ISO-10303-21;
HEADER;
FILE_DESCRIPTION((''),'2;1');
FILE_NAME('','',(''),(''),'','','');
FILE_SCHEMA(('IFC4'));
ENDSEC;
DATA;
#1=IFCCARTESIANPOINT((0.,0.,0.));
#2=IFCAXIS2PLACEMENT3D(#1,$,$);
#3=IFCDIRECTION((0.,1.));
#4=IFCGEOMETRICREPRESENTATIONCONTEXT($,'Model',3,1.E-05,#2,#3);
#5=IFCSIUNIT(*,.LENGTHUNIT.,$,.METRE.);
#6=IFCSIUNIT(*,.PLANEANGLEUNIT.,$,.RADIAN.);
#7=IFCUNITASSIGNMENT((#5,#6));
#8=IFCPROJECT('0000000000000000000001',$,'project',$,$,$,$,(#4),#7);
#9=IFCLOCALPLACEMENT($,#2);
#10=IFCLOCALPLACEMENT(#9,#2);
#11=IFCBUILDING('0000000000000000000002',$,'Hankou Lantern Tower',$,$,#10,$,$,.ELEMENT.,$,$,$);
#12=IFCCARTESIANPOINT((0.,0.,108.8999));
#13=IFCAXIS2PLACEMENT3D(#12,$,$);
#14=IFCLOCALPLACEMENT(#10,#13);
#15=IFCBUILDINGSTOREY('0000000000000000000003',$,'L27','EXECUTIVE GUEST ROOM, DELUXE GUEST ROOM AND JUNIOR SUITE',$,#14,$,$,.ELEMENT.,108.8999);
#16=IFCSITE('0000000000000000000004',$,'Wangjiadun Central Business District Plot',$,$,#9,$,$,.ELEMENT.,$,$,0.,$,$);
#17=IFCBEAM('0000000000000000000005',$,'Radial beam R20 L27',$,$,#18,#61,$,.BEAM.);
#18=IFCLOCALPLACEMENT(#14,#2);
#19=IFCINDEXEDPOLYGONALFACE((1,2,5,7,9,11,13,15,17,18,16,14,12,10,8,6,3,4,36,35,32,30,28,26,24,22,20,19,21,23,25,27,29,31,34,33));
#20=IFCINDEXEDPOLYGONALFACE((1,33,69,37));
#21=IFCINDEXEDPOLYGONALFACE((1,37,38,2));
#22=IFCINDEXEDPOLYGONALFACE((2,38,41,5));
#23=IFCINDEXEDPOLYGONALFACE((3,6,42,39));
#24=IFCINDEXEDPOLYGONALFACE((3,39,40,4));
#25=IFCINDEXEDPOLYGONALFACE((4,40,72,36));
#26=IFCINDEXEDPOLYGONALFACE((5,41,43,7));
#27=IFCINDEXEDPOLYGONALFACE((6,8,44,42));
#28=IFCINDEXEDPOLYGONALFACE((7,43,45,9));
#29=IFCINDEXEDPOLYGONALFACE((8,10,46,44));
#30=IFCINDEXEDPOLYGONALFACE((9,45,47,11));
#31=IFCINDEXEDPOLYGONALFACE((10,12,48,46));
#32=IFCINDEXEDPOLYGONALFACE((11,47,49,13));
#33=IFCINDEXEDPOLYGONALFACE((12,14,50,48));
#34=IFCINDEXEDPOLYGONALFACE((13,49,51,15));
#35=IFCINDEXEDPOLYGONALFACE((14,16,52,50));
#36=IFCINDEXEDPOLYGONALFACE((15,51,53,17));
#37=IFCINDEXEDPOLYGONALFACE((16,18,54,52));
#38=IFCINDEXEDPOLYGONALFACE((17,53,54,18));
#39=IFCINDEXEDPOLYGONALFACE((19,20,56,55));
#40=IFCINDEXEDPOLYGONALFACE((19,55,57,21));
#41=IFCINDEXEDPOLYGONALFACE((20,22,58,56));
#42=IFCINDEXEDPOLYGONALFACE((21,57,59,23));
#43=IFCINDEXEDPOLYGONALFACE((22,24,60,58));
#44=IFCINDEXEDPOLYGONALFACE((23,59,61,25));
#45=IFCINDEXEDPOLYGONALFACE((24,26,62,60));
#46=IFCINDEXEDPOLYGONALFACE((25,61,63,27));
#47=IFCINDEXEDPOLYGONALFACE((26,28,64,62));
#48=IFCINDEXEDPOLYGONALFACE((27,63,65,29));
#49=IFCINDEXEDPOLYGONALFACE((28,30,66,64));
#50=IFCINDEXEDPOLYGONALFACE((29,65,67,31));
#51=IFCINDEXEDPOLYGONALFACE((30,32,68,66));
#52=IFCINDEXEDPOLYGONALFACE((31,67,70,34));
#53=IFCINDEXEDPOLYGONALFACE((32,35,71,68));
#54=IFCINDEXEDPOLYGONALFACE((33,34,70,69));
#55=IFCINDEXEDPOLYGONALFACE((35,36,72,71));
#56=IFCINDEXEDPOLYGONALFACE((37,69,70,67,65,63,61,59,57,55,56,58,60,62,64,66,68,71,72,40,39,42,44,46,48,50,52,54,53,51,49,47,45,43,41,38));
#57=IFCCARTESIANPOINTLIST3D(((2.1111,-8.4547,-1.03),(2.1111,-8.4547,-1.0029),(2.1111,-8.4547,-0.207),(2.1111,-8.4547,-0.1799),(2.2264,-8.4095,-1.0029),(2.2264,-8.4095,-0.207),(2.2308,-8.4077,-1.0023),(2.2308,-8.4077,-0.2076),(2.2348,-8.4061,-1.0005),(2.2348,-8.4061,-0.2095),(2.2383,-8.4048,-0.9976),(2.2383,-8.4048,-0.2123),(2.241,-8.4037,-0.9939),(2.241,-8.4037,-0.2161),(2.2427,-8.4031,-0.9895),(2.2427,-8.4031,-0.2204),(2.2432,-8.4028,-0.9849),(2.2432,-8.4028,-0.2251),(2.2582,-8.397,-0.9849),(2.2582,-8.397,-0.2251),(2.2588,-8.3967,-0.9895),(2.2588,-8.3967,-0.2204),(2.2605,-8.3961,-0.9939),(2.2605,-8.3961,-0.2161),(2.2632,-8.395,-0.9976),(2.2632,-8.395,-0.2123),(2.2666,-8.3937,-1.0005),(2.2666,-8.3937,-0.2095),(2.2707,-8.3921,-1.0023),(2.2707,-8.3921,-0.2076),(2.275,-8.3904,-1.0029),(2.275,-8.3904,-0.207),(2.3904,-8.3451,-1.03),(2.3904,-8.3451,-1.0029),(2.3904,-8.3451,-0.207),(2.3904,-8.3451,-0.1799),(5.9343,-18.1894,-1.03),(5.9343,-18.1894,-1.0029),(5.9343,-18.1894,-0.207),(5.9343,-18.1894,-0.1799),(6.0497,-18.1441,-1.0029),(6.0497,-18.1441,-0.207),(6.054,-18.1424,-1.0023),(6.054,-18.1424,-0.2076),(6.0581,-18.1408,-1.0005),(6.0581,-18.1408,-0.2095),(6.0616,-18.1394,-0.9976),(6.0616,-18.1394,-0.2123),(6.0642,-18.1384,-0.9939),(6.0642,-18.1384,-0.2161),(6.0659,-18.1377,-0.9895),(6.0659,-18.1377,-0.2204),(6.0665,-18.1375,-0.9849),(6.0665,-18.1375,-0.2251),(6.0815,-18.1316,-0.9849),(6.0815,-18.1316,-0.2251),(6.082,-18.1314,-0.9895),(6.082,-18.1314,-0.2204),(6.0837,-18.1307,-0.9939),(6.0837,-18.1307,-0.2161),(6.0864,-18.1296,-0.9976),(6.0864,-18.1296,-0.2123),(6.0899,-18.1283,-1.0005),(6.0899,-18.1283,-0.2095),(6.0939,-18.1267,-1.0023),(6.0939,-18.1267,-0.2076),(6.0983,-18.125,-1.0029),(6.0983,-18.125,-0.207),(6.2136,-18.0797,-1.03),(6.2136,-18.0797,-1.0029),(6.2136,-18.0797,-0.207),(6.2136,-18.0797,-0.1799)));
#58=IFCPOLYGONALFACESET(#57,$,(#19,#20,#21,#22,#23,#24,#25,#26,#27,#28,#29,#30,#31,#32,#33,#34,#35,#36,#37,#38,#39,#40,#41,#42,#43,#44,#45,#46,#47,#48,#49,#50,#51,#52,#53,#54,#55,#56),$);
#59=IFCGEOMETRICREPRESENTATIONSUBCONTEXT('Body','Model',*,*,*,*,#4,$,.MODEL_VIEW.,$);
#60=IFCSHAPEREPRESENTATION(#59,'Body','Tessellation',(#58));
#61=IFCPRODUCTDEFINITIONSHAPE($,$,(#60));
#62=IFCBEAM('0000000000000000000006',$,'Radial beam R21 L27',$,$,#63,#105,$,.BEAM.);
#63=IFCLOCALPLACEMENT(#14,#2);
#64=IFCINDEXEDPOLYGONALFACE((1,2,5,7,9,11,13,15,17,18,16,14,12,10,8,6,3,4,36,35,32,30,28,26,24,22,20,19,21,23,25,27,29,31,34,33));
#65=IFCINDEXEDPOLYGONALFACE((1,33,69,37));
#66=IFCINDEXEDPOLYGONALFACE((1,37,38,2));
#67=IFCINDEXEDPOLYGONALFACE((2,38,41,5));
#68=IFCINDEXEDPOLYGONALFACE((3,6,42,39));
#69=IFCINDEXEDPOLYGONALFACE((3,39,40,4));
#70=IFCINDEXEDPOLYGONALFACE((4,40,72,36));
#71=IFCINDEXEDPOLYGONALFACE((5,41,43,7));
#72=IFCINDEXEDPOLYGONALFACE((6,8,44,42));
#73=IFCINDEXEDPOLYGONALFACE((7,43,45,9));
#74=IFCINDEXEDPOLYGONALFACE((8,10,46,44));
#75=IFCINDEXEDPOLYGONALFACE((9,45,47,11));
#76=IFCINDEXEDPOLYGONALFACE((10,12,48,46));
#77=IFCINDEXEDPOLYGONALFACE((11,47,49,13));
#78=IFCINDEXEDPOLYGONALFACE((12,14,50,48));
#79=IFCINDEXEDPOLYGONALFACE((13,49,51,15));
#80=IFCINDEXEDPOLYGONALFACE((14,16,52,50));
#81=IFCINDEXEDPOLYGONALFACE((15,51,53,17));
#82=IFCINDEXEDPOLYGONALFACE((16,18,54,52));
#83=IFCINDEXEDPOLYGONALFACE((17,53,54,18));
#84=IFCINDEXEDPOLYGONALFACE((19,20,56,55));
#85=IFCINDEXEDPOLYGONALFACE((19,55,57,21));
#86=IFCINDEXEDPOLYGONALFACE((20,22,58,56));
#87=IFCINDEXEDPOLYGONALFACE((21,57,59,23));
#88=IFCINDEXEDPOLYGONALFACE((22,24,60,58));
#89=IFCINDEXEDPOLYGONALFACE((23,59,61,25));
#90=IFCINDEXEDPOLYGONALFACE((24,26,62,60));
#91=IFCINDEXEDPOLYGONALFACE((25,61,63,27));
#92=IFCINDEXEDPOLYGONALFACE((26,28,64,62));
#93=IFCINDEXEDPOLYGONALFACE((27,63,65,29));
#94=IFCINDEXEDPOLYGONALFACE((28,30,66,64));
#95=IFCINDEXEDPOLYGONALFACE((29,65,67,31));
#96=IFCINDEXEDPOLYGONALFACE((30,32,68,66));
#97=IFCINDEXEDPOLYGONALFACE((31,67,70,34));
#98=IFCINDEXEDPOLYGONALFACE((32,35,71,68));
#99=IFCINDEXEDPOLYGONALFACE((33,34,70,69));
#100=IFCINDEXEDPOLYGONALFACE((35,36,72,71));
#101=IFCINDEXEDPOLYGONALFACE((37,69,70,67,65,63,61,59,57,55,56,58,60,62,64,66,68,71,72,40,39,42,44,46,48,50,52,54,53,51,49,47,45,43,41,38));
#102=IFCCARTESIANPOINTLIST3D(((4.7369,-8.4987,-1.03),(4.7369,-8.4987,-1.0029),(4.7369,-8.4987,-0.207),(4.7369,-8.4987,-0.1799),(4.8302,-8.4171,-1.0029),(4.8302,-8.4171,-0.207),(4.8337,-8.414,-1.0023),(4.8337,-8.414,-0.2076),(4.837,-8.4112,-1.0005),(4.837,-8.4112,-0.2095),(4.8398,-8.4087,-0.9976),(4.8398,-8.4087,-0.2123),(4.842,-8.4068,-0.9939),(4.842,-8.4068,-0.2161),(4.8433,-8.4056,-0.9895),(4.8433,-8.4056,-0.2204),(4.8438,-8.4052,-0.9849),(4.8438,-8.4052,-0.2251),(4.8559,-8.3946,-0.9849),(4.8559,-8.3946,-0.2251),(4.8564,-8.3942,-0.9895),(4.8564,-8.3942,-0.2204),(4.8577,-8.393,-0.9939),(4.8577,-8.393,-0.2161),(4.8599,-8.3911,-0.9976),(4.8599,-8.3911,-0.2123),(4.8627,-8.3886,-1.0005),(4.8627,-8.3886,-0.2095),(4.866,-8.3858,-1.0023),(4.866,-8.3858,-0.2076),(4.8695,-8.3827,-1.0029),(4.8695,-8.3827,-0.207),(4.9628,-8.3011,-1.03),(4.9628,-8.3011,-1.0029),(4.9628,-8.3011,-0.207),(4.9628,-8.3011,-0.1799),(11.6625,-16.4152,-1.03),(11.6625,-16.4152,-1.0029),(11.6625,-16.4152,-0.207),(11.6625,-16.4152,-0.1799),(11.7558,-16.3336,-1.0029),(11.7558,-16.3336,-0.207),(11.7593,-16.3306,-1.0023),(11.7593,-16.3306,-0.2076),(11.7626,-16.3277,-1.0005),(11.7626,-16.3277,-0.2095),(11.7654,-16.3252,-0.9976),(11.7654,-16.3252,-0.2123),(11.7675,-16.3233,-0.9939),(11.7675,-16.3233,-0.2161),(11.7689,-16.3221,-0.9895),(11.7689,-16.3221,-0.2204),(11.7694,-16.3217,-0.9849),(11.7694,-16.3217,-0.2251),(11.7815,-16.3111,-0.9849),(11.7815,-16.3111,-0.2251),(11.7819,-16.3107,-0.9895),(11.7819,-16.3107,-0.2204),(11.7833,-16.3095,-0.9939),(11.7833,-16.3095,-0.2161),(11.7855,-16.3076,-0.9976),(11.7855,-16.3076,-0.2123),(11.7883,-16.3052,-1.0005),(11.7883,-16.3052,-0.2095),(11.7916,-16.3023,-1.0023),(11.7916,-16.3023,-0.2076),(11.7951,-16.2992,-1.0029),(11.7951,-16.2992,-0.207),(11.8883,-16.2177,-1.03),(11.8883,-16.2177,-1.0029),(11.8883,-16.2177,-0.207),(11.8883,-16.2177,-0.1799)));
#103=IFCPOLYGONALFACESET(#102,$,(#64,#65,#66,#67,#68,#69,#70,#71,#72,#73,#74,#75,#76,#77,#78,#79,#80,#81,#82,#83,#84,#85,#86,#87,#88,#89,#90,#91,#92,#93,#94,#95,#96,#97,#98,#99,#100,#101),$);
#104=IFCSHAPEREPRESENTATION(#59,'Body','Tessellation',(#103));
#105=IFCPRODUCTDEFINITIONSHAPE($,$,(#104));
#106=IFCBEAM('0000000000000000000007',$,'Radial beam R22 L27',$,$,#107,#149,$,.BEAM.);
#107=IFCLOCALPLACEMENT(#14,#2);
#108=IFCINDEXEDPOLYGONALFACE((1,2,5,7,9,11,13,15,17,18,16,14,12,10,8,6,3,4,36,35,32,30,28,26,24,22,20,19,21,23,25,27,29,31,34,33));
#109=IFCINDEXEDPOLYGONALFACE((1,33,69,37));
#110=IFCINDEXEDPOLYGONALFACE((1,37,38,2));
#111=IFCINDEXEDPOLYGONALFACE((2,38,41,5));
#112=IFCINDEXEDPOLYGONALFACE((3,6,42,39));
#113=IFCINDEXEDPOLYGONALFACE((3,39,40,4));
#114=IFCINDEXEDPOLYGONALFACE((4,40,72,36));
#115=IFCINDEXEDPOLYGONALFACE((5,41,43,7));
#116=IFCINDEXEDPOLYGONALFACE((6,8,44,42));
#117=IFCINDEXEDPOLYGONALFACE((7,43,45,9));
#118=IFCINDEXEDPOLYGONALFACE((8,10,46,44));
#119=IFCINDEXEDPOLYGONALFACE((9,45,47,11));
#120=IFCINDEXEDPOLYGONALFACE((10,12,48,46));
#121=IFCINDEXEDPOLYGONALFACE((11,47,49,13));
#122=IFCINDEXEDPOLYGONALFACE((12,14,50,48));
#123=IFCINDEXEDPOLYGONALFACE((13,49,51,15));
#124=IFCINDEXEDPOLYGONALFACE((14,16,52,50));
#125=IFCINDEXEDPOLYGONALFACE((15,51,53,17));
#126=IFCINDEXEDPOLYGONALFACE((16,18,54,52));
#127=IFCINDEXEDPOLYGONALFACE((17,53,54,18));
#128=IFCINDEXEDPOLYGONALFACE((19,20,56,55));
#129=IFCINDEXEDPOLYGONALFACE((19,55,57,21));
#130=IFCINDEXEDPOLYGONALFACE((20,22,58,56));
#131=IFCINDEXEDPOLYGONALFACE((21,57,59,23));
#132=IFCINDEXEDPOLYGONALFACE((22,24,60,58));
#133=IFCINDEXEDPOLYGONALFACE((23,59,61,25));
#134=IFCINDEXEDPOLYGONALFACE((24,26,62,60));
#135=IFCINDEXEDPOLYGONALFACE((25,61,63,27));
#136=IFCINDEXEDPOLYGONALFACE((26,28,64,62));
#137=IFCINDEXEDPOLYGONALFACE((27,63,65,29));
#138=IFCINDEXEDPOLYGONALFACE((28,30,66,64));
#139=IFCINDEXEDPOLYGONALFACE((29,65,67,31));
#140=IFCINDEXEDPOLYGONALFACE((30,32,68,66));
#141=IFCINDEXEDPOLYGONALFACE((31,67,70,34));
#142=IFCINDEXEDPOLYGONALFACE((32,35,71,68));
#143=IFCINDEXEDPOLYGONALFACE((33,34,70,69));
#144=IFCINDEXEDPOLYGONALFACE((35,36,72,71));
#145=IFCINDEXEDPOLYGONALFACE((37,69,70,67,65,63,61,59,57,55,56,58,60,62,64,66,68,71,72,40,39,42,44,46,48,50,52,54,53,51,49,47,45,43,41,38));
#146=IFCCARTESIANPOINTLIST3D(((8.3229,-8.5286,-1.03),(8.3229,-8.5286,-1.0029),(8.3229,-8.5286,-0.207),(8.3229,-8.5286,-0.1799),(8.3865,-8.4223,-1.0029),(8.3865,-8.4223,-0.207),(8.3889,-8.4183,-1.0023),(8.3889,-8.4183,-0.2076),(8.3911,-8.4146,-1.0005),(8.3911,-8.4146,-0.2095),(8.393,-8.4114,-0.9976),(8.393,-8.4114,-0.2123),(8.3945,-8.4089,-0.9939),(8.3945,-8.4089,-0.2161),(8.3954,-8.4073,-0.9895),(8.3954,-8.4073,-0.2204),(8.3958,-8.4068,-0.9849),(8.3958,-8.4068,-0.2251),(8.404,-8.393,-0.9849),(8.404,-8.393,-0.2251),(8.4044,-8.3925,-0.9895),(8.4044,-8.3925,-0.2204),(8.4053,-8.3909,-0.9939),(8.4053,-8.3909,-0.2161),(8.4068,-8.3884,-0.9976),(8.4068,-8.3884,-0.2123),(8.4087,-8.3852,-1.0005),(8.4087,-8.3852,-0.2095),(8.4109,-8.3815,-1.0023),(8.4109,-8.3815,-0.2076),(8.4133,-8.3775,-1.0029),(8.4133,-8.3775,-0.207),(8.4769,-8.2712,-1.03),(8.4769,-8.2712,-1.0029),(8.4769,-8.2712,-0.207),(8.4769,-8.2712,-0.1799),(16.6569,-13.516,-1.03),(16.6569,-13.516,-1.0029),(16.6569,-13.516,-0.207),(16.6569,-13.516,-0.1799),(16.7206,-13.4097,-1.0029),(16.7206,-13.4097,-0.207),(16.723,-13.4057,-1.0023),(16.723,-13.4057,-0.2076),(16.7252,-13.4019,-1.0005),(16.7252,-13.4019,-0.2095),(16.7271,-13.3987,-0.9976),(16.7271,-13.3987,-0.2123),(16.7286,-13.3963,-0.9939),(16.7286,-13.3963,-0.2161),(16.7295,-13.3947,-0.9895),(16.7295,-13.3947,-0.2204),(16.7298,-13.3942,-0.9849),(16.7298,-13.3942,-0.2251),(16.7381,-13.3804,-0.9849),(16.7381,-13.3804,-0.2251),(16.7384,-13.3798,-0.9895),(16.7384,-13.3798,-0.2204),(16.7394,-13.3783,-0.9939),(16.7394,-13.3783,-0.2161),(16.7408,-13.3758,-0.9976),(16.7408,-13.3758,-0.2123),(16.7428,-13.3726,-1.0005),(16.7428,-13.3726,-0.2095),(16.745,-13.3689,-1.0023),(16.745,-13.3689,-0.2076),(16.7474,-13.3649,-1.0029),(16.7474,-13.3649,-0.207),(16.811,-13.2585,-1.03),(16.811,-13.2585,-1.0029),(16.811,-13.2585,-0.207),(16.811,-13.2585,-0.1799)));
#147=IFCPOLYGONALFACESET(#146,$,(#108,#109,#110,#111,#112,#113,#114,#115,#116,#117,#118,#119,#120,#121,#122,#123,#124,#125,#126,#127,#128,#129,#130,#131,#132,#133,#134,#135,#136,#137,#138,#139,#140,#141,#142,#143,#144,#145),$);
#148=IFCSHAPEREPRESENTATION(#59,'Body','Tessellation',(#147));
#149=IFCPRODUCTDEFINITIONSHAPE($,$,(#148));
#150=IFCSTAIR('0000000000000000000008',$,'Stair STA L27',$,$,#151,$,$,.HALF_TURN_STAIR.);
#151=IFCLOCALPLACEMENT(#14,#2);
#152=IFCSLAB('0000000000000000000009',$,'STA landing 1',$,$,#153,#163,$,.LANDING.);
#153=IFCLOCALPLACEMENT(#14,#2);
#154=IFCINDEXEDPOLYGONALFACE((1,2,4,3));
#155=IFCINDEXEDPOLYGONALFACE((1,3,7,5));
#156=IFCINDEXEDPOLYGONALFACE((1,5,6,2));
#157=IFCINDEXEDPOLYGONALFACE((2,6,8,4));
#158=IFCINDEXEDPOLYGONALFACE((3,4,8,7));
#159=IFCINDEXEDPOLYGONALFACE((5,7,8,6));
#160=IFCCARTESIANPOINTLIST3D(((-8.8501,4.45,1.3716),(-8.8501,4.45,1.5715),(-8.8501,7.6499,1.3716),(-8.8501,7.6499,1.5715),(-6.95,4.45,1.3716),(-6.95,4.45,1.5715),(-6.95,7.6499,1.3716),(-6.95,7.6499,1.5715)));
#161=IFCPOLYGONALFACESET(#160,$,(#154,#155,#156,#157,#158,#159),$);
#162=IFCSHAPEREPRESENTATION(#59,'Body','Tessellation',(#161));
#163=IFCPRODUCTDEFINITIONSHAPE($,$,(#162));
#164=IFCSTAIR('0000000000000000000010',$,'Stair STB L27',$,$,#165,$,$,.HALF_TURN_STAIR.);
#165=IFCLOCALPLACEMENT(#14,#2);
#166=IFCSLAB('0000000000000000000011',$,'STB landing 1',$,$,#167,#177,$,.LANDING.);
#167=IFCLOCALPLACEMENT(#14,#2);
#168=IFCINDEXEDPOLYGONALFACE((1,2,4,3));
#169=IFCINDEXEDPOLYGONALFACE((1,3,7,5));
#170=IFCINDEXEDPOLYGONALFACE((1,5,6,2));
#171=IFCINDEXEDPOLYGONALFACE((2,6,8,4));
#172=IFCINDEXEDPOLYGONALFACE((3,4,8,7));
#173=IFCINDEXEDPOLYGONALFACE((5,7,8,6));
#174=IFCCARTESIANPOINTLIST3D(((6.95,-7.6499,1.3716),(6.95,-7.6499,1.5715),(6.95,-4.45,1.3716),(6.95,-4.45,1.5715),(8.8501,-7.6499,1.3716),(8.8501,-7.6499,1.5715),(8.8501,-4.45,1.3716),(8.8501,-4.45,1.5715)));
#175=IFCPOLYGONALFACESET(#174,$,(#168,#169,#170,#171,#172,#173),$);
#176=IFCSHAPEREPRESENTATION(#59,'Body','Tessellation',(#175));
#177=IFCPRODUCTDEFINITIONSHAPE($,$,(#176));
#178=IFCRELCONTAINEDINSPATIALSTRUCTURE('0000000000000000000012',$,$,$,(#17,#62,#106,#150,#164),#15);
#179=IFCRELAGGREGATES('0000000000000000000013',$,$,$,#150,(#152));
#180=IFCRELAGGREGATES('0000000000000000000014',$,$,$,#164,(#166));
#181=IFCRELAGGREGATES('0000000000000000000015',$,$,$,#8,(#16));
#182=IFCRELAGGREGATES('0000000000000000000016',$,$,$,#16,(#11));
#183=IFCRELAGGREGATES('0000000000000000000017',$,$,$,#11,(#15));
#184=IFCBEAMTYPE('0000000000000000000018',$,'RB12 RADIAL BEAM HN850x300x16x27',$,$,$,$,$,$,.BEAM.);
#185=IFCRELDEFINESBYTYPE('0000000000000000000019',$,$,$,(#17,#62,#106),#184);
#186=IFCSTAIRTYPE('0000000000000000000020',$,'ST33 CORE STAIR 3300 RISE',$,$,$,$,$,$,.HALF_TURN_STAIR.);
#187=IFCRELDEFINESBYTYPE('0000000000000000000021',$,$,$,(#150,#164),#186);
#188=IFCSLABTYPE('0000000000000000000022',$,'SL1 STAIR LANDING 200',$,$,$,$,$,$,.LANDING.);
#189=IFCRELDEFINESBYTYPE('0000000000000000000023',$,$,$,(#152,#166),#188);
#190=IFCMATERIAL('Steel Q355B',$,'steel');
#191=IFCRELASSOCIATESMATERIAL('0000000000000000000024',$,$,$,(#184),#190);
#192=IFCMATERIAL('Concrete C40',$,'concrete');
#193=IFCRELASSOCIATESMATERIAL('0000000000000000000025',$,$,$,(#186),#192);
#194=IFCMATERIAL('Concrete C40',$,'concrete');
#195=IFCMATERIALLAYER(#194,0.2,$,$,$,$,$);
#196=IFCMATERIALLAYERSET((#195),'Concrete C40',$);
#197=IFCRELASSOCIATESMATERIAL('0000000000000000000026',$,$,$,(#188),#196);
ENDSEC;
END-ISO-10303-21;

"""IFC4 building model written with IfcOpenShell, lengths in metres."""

from ifc_helpers import new_model, si_unit, direction, frame, origin, origin_2d, place, context, subcontext, project, spatial, polyline, i_section, outline, extrude, material, layer, layer_set, material_profile, profile_set, type_object, element, aggregate, save


model = new_model("IFC4")

# Units and contexts
model_context = context("Model", 3, precision=1e-05, world=origin(), true_north=direction((0.0, 1.0)))
body_context = subcontext(model_context, "Body", "Model", "MODEL_VIEW")
ifc_project = project(units=[si_unit("LENGTHUNIT", "METRE"), si_unit("PLANEANGLEUNIT", "RADIAN")], contexts=[model_context])

# Site, building, storey
site_placement = place(None, origin())
site = spatial("IfcSite", under=ifc_project, at=site_placement, Name="Wangjiadun Central Business District Plot", CompositionType="ELEMENT", RefElevation=0.0)
building_placement = place(site_placement, origin())
building = spatial("IfcBuilding", under=site, at=building_placement, Name="Hankou Lantern Tower", CompositionType="ELEMENT")
storey_placement = place(building_placement, frame((0.0, 0.0, 108.8999)))
storey = spatial("IfcBuildingStorey", under=building, at=storey_placement, Name="L27", Description="EXECUTIVE GUEST ROOM, DELUXE GUEST ROOM AND JUNIOR SUITE", CompositionType="ELEMENT", Elevation=108.8999)

# Beams
ifc_material_1 = material(Name="Steel Q355B", Category="steel")
ifc_material_profile = material_profile(ifc_material_1, i_section(OverallWidth=0.3, OverallDepth=0.8501, WebThickness=0.0161, FlangeThickness=0.0271, FilletRadius=0.0181, at=origin_2d()), Name="HN850x300x16x27")
ifc_profile_set = profile_set([ifc_material_profile], Name="Steel Q355B")
beam_type = type_object("IfcBeamType", Name="RB12 RADIAL BEAM HN850x300x16x27", PredefinedType="BEAM", material=ifc_profile_set)
beam_1_placement = place(storey_placement, frame((2.2507, -8.3999, -0.605), z_axis=(0.365564, -0.930786, 0.0), x_axis=(0.930786, 0.365564, 0.0)))
element("IfcBeam", 1, at=beam_1_placement, inside=storey, type_object=beam_type, Name="Radial beam R20 L27", PredefinedType="BEAM", context=body_context, shape_type="SweptSolid", body=[
    extrude(i_section(OverallWidth=0.3, OverallDepth=0.8501, WebThickness=0.0161, FlangeThickness=0.0271, FilletRadius=0.0181, at=origin_2d()), origin(), (0.0, 0.0, 1.0), 10.4585),
])
beam_2_placement = place(storey_placement, frame((4.8499, -8.3999, -0.605), z_axis=(0.658429, -0.752643, 0.0), x_axis=(0.752643, 0.658429, 0.0)))
element("IfcBeam", 2, at=beam_2_placement, inside=storey, type_object=beam_type, Name="Radial beam R21 L27", PredefinedType="BEAM", context=body_context, shape_type="SweptSolid", body=[
    extrude(i_section(OverallWidth=0.3, OverallDepth=0.8501, WebThickness=0.0161, FlangeThickness=0.0271, FilletRadius=0.0181, at=origin_2d()), origin(), (0.0, 0.0, 1.0), 10.5183),
])
beam_3_placement = place(storey_placement, frame((8.3999, -8.3999, -0.605), z_axis=(0.858087, -0.513505, 0.0), x_axis=(0.513505, 0.858087, 0.0)))
element("IfcBeam", 3, at=beam_3_placement, inside=storey, type_object=beam_type, Name="Radial beam R22 L27", PredefinedType="BEAM", context=body_context, shape_type="SweptSolid", body=[
    extrude(i_section(OverallWidth=0.3, OverallDepth=0.8501, WebThickness=0.0161, FlangeThickness=0.0271, FilletRadius=0.0181, at=origin_2d()), origin(), (0.0, 0.0, 1.0), 9.7124),
])

# Stairs, slabs
ifc_material_2 = material(Name="Concrete C40", Category="concrete")
stair_type = type_object("IfcStairType", Name="ST33 CORE STAIR 3300 RISE", PredefinedType="HALF_TURN_STAIR", material=ifc_material_2)
stair_1_placement = place(storey_placement, origin())
stair_1 = element("IfcStair", 4, at=stair_1_placement, inside=storey, type_object=stair_type, Name="Stair STA L27", PredefinedType="HALF_TURN_STAIR")
ifc_material_3 = material(Name="Concrete C40", Category="concrete")
ifc_layer_1 = layer(ifc_material_3, 0.2)
ifc_layer_set_1 = layer_set([ifc_layer_1], Name="Concrete C40")
slab_type = type_object("IfcSlabType", Name="SL1 STAIR LANDING 200", PredefinedType="LANDING", material=ifc_layer_set_1)
slab_1_placement = place(storey_placement, frame((0.0, 0.0, 1.3716)))
slab_1 = element("IfcSlab", 5, at=slab_1_placement, type_object=slab_type, Name="STA landing 1", PredefinedType="LANDING", context=body_context, shape_type="SweptSolid", body=[
    extrude(outline(polyline([(-8.8501, 4.45), (-6.95, 4.45), (-6.95, 7.6499), (-8.8501, 7.6499), (-8.8501, 4.45)])), origin(), (0.0, 0.0, 1.0), 0.2),
])
aggregate(stair_1, [slab_1])
stair_2_placement = place(storey_placement, origin())
stair_2 = element("IfcStair", 6, at=stair_2_placement, inside=storey, type_object=stair_type, Name="Stair STB L27", PredefinedType="HALF_TURN_STAIR")
slab_2_placement = place(storey_placement, frame((0.0, 0.0, 1.3716)))
slab_2 = element("IfcSlab", 7, at=slab_2_placement, type_object=slab_type, Name="STB landing 1", PredefinedType="LANDING", context=body_context, shape_type="SweptSolid", body=[
    extrude(outline(polyline([(8.8501, -4.45), (6.95, -4.45), (6.95, -7.6499), (8.8501, -7.6499), (8.8501, -4.45)])), origin(), (0.0, 0.0, 1.0), 0.2),
])

aggregate(stair_2, [slab_2])

save(model, "model.ifc")
